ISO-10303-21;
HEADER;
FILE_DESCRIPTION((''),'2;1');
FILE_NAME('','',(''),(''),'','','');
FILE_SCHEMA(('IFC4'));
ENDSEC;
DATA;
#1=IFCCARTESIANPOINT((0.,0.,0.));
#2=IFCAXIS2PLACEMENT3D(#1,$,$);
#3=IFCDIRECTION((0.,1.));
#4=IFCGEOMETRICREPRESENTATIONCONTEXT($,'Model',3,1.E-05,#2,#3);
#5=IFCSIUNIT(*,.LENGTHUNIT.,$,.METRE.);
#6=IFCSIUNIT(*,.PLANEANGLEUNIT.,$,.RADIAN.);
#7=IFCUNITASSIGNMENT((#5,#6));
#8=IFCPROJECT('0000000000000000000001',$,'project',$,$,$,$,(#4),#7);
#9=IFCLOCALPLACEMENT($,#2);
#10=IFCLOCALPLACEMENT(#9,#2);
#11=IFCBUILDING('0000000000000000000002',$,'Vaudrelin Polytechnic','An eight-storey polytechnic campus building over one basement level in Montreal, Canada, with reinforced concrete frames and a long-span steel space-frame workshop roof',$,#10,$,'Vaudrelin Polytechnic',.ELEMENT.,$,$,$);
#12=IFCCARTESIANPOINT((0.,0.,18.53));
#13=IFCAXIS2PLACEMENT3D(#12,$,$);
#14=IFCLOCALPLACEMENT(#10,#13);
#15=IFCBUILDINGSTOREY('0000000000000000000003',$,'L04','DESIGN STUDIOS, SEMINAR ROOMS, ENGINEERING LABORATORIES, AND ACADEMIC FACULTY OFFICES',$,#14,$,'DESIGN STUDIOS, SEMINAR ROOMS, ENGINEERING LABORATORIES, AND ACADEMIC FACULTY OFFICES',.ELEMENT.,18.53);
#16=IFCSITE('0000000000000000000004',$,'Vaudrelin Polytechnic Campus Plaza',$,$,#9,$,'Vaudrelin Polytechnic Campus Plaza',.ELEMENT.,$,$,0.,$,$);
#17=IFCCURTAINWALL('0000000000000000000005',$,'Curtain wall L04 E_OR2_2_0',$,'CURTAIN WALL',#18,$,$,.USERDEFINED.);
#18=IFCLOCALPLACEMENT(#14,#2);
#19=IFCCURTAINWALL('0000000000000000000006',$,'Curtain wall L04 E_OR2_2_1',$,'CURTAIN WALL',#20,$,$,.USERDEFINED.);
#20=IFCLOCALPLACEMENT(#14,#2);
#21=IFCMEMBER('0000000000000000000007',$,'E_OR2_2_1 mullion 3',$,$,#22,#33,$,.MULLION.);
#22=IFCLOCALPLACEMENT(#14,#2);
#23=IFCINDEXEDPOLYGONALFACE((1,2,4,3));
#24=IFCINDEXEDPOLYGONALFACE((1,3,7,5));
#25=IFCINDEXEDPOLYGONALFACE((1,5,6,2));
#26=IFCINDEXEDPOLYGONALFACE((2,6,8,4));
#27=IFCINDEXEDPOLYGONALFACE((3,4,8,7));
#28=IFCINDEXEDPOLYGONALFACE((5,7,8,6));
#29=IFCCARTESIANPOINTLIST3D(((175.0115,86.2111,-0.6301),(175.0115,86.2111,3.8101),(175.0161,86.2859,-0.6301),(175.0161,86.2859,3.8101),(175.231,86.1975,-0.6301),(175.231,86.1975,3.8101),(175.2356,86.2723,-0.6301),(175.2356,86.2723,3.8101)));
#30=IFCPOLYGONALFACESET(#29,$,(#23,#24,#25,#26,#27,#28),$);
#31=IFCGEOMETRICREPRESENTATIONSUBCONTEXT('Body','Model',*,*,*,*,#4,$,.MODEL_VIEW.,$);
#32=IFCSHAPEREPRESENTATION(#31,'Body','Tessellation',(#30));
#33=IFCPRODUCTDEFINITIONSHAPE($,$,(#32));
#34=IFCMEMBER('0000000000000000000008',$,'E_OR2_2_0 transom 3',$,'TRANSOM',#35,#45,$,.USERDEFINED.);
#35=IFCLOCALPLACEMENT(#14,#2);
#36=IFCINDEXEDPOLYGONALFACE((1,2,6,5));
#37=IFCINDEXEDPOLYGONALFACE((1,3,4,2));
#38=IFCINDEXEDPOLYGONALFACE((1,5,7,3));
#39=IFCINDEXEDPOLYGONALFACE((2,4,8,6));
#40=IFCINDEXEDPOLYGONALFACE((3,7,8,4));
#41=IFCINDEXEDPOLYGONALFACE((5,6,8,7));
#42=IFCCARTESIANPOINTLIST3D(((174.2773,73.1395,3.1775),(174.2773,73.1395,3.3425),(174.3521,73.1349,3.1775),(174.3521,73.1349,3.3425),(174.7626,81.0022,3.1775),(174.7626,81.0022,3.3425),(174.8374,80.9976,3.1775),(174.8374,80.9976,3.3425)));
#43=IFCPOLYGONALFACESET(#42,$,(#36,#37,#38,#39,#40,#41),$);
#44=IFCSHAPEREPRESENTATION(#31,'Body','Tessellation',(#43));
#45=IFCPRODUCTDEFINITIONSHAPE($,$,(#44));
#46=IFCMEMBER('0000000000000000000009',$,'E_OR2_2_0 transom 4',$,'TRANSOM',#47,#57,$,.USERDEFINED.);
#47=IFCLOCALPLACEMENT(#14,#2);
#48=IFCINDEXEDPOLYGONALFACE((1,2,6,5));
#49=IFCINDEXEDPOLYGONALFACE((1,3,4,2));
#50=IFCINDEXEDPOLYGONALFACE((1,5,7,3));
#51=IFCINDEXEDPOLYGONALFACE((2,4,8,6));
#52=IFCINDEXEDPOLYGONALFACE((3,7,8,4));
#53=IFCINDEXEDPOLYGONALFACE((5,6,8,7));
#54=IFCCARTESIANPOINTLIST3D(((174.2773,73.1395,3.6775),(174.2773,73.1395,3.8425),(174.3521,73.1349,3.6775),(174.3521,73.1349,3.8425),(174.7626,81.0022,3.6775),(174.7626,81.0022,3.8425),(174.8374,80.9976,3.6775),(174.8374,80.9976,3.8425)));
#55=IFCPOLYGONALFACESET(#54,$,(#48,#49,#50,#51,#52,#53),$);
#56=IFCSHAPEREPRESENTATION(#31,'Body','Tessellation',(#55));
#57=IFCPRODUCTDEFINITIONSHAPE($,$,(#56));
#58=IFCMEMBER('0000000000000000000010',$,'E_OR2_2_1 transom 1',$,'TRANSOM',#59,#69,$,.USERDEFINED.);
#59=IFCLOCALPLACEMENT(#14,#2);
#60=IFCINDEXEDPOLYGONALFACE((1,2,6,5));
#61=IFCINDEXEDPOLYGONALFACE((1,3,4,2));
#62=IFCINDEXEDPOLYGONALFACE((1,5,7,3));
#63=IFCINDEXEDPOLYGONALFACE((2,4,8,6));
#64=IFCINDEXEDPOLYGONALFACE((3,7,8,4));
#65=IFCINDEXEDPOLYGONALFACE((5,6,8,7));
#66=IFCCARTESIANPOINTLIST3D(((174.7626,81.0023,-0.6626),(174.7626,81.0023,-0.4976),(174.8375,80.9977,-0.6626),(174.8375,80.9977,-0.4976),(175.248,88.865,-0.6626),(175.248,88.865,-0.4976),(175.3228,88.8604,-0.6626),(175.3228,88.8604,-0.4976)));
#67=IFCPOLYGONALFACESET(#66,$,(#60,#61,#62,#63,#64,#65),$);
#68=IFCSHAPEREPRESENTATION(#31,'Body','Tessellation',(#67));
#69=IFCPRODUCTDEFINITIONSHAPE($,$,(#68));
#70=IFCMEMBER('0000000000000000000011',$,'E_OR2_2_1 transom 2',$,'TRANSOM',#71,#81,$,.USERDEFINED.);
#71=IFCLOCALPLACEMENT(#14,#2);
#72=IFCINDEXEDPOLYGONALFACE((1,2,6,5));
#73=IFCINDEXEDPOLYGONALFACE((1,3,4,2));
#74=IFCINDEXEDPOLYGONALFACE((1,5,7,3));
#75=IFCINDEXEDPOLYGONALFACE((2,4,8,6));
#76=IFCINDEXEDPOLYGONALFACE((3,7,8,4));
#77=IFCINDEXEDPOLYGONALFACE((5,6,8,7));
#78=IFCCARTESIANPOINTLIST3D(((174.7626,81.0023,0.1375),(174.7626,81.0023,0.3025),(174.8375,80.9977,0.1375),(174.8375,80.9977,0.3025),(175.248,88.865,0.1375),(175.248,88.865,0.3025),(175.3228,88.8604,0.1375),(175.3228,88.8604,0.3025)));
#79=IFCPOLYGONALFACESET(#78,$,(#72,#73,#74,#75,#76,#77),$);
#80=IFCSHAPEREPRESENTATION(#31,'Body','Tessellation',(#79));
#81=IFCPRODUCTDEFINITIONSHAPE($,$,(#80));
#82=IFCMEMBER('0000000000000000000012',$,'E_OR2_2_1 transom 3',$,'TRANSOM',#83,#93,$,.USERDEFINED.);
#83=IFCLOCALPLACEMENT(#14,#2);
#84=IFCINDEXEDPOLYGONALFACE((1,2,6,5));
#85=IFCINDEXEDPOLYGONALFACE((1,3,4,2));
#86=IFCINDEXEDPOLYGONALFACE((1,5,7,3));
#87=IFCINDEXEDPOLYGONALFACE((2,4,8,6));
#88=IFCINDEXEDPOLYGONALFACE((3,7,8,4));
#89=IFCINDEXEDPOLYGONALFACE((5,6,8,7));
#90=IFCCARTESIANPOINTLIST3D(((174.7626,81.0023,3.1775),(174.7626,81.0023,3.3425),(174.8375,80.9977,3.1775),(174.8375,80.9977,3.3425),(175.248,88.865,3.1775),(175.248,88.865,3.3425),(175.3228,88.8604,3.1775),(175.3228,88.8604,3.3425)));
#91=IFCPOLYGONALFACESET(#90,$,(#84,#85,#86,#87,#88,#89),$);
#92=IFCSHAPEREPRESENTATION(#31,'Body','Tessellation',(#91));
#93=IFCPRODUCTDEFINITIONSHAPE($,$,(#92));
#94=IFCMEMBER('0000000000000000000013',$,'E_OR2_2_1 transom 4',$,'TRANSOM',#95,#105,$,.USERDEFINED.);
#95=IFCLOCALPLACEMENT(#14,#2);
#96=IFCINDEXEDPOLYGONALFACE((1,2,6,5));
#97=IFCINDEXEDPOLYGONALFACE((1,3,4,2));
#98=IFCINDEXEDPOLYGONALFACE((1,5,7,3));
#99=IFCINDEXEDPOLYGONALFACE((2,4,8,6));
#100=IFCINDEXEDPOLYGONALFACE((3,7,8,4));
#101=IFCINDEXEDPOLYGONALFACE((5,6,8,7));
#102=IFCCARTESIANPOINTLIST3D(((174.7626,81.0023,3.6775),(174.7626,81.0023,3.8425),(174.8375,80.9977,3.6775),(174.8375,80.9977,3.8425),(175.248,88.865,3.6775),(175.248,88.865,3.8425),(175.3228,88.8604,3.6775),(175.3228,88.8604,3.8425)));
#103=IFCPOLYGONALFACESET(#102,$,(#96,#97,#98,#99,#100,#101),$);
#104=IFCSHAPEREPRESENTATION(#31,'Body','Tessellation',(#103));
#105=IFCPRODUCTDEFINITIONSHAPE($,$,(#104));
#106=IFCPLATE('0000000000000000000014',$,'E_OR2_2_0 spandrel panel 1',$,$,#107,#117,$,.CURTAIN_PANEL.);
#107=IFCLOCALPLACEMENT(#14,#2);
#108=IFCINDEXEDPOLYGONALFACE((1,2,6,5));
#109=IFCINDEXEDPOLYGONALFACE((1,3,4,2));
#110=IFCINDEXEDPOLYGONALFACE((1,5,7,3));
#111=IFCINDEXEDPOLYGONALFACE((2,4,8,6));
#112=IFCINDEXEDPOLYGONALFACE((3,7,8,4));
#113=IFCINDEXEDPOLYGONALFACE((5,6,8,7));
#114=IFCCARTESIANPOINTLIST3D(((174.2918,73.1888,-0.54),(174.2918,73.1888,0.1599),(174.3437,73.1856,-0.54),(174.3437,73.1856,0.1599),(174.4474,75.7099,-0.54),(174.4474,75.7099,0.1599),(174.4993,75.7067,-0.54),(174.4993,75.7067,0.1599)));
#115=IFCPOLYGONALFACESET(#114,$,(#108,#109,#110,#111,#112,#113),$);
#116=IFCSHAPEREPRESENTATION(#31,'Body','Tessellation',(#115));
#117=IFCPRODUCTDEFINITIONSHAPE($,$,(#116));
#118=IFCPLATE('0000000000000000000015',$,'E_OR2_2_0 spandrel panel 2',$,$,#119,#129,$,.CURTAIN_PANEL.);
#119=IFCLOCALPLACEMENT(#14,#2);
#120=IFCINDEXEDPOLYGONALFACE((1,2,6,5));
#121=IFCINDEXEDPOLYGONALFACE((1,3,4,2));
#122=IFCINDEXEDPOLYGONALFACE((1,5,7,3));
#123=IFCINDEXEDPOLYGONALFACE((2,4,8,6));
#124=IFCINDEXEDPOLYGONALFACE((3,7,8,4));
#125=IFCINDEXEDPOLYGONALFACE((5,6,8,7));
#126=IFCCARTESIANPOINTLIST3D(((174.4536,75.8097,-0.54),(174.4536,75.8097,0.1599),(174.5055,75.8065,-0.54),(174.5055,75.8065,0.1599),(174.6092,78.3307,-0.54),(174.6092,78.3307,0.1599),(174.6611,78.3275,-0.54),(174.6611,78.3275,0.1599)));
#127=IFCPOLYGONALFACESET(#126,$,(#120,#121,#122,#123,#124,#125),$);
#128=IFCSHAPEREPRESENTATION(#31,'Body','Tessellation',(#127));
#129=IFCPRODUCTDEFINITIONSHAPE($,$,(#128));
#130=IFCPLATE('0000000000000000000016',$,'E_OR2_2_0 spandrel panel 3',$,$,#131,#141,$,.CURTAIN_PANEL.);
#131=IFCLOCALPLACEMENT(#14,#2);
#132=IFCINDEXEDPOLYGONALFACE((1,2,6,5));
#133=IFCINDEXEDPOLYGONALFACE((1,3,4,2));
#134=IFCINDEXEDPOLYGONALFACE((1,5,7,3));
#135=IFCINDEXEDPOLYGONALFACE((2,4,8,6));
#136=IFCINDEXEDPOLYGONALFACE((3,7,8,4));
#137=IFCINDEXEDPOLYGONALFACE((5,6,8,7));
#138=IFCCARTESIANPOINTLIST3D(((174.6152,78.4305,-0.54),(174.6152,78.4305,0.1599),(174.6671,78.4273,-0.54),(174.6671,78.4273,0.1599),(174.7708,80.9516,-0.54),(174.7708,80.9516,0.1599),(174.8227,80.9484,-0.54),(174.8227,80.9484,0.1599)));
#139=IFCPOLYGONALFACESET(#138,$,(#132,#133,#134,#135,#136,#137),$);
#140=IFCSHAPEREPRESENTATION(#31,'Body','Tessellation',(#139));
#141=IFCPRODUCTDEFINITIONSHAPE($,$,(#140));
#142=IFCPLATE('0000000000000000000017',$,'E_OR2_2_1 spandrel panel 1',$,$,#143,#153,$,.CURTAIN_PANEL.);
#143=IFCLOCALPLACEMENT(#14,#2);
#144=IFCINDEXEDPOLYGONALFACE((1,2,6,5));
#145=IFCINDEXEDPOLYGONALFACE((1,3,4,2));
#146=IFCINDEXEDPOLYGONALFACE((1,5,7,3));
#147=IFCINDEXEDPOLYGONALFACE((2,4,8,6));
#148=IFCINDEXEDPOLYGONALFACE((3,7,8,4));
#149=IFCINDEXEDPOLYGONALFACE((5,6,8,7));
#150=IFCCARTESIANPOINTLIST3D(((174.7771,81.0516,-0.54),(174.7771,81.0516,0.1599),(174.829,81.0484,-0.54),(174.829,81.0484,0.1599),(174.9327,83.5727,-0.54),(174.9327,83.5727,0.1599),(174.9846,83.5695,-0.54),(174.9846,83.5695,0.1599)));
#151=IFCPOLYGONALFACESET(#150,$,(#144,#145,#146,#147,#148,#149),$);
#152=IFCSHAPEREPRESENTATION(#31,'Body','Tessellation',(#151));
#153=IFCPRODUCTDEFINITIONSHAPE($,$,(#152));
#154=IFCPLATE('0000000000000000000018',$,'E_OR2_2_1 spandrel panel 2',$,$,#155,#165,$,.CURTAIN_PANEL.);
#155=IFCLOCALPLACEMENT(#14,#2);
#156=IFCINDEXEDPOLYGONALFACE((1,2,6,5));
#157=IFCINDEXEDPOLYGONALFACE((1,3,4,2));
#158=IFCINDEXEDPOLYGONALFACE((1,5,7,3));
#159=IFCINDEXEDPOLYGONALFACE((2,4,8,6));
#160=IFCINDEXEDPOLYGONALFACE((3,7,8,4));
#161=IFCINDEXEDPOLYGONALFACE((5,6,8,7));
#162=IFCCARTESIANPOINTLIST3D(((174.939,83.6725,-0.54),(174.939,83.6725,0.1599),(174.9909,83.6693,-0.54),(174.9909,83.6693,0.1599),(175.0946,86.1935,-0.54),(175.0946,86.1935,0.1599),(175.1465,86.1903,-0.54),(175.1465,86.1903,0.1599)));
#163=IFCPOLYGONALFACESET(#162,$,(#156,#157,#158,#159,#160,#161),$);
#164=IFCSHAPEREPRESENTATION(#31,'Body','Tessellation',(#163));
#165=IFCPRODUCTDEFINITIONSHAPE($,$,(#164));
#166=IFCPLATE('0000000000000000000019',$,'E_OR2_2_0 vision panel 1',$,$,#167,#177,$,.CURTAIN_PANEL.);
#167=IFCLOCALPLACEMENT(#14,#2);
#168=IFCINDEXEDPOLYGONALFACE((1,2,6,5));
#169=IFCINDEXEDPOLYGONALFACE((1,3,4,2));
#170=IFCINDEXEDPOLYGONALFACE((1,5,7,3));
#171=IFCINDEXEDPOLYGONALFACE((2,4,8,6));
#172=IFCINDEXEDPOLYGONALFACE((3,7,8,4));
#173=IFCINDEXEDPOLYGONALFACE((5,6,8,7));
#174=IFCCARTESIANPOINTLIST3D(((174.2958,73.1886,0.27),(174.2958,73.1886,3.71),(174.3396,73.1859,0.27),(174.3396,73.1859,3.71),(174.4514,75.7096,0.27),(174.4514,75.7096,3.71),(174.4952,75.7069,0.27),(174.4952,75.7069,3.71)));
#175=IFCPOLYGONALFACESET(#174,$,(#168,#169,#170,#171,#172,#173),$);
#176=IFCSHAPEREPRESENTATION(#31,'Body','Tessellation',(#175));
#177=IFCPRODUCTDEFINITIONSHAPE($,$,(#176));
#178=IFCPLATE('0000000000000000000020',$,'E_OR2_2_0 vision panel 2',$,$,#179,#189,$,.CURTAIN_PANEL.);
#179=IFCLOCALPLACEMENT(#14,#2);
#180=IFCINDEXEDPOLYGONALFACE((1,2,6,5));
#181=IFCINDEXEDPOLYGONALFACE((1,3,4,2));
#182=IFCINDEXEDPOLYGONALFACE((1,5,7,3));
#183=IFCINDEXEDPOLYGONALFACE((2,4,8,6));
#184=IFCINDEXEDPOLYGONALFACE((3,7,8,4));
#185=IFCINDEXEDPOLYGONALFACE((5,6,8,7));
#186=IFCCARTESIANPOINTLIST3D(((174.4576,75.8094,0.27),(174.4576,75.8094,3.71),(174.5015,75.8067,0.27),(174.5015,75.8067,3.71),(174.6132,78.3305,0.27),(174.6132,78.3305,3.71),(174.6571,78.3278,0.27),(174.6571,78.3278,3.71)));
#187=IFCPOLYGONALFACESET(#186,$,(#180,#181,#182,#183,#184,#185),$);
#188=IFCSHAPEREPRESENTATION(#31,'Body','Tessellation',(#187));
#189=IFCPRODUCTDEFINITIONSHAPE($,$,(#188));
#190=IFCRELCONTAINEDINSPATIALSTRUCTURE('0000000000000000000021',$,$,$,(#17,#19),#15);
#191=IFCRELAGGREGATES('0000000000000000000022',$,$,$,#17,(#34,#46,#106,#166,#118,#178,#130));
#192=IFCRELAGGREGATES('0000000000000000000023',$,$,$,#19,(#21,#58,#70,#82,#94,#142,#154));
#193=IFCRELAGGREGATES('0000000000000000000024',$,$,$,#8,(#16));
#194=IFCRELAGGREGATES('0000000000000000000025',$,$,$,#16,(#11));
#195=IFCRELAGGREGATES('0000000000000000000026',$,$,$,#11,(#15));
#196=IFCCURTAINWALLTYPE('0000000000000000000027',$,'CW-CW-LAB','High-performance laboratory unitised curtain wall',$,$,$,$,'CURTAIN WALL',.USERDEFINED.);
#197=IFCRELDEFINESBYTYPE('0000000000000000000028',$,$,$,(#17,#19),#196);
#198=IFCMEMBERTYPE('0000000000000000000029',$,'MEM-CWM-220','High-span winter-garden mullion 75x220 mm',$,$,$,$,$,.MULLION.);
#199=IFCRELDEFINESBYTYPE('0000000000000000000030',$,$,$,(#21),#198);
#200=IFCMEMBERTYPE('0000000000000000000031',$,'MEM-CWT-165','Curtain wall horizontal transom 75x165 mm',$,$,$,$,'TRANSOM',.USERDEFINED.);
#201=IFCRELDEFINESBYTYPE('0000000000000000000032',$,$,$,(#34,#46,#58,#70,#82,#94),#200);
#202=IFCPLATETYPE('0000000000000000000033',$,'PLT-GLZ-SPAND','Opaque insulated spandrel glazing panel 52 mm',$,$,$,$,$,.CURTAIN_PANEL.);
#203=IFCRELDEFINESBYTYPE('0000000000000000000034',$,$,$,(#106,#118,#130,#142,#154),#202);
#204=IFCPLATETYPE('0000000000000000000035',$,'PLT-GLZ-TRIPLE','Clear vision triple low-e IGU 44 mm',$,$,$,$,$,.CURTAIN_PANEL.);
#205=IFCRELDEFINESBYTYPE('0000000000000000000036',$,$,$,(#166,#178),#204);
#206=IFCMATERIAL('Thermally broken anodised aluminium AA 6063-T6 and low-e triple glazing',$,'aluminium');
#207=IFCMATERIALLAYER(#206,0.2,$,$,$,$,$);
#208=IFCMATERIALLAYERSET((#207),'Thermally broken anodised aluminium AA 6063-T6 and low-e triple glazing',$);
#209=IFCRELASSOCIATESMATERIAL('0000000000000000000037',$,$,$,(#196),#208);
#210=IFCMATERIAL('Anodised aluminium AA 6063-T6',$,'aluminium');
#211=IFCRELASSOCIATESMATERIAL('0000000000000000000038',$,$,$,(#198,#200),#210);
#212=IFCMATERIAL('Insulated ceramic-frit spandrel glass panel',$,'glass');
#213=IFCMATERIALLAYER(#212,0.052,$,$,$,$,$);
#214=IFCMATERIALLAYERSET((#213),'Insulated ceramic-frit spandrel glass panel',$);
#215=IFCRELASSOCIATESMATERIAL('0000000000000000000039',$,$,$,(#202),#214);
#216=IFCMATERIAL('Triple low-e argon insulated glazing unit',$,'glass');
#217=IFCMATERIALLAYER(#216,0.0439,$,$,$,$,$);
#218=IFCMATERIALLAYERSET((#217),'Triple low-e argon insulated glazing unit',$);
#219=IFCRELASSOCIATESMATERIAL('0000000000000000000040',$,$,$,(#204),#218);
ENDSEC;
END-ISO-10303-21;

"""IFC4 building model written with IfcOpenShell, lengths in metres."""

from ifc_helpers import new_model, si_unit, direction, frame, origin, origin_2d, place, context, subcontext, project, spatial, rectangle, extrude, material, layer, layer_set, material_profile, profile_set, type_object, element, aggregate, save


model = new_model("IFC4")

# Units and contexts
model_context = context("Model", 3, precision=1e-05, world=origin(), true_north=direction((0.0, 1.0)))
body_context = subcontext(model_context, "Body", "Model", "MODEL_VIEW")
ifc_project = project(units=[si_unit("LENGTHUNIT", "METRE"), si_unit("PLANEANGLEUNIT", "RADIAN")], contexts=[model_context])

# Site, building, storey
site_placement = place(None, origin())
site = spatial("IfcSite", under=ifc_project, at=site_placement, Name="Vaudrelin Polytechnic Campus Plaza", LongName="Vaudrelin Polytechnic Campus Plaza", CompositionType="ELEMENT", RefElevation=0.0)
building_placement = place(site_placement, origin())
building = spatial("IfcBuilding", under=site, at=building_placement, Name="Vaudrelin Polytechnic", Description="An eight-storey polytechnic campus building over one basement level in Montreal, Canada, with reinforced concrete frames and a long-span steel space-frame workshop roof", LongName="Vaudrelin Polytechnic", CompositionType="ELEMENT")
storey_placement = place(building_placement, frame((0.0, 0.0, 18.53)))
storey = spatial("IfcBuildingStorey", under=building, at=storey_placement, Name="L04", Description="DESIGN STUDIOS, SEMINAR ROOMS, ENGINEERING LABORATORIES, AND ACADEMIC FACULTY OFFICES", LongName="DESIGN STUDIOS, SEMINAR ROOMS, ENGINEERING LABORATORIES, AND ACADEMIC FACULTY OFFICES", CompositionType="ELEMENT", Elevation=18.53)

# Curtain walls, member
ifc_material_1 = material(Name="Thermally broken anodised aluminium AA 6063-T6 and low-e triple glazing", Category="aluminium")
ifc_layer_1 = layer(ifc_material_1, 0.2)
ifc_layer_set_1 = layer_set([ifc_layer_1], Name="Thermally broken anodised aluminium AA 6063-T6 and low-e triple glazing")
curtain_wall_type = type_object("IfcCurtainWallType", Name="CW-CW-LAB", Description="High-performance laboratory unitised curtain wall", ElementType="CURTAIN WALL", PredefinedType="USERDEFINED", material=ifc_layer_set_1)
curtain_wall_1_placement = place(storey_placement, origin())
curtain_wall_1 = element("IfcCurtainWall", 1, at=curtain_wall_1_placement, inside=storey, type_object=curtain_wall_type, Name="Curtain wall L04 E_OR2_2_0", ObjectType="CURTAIN WALL", PredefinedType="USERDEFINED")
ifc_material_2 = material(Name="Anodised aluminium AA 6063-T6", Category="aluminium")
ifc_material_profile_1 = material_profile(ifc_material_2, rectangle(XDim=0.075, YDim=0.22, at=origin_2d()), Name="CWM-75x220")
ifc_profile_set_1 = profile_set([ifc_material_profile_1], Name="Anodised aluminium AA 6063-T6")
member_type_1 = type_object("IfcMemberType", Name="MEM-CWM-220", Description="High-span winter-garden mullion 75x220 mm", PredefinedType="MULLION", material=ifc_profile_set_1)
curtain_wall_2_placement = place(storey_placement, origin())
curtain_wall_2 = element("IfcCurtainWall", 2, at=curtain_wall_2_placement, inside=storey, type_object=curtain_wall_type, Name="Curtain wall L04 E_OR2_2_1", ObjectType="CURTAIN WALL", PredefinedType="USERDEFINED")
member_1_placement = place(storey_placement, frame((175.1235, 86.2417, -0.6301), z_axis=(0.0, 0.0, 1.0), x_axis=(0.061605, 0.998101, 0.0)))
member_1 = element("IfcMember", 3, at=member_1_placement, type_object=member_type_1, Name="E_OR2_2_1 mullion 3", PredefinedType="MULLION", context=body_context, shape_type="SweptSolid", body=[
    extrude(rectangle(XDim=0.075, YDim=0.22, at=origin_2d()), origin(), (0.0, 0.0, 1.0), 4.4402),
])

# Members
ifc_material_profile_2 = material_profile(ifc_material_2, rectangle(XDim=0.075, YDim=0.165, at=origin_2d()), Name="CWT-75x165")
ifc_profile_set_2 = profile_set([ifc_material_profile_2], Name="Anodised aluminium AA 6063-T6")
member_type_2 = type_object("IfcMemberType", Name="MEM-CWT-165", Description="Curtain wall horizontal transom 75x165 mm", ElementType="TRANSOM", PredefinedType="USERDEFINED", material=ifc_profile_set_2)
member_2_placement = place(storey_placement, frame((174.3147, 73.1372, 3.26), z_axis=(0.06161, 0.9981, 0.0), x_axis=(-0.9981, 0.06161, 0.0)))
member_2 = element("IfcMember", 4, at=member_2_placement, type_object=member_type_2, Name="E_OR2_2_0 transom 3", ObjectType="TRANSOM", PredefinedType="USERDEFINED", context=body_context, shape_type="SweptSolid", body=[
    extrude(rectangle(XDim=0.075, YDim=0.165, at=origin_2d()), origin(), (0.0, 0.0, 1.0), 7.8777),
])
member_3_placement = place(storey_placement, frame((174.3147, 73.1372, 3.76), z_axis=(0.06161, 0.9981, 0.0), x_axis=(-0.9981, 0.06161, 0.0)))
member_3 = element("IfcMember", 5, at=member_3_placement, type_object=member_type_2, Name="E_OR2_2_0 transom 4", ObjectType="TRANSOM", PredefinedType="USERDEFINED", context=body_context, shape_type="SweptSolid", body=[
    extrude(rectangle(XDim=0.075, YDim=0.165, at=origin_2d()), origin(), (0.0, 0.0, 1.0), 7.8777),
])
member_4_placement = place(storey_placement, frame((174.8, 81.0, -0.5801), z_axis=(0.06161, 0.9981, 0.0), x_axis=(-0.9981, 0.06161, 0.0)))
member_4 = element("IfcMember", 6, at=member_4_placement, type_object=member_type_2, Name="E_OR2_2_1 transom 1", ObjectType="TRANSOM", PredefinedType="USERDEFINED", context=body_context, shape_type="SweptSolid", body=[
    extrude(rectangle(XDim=0.075, YDim=0.165, at=origin_2d()), origin(), (0.0, 0.0, 1.0), 7.8777),
])
member_5_placement = place(storey_placement, frame((174.8, 81.0, 0.22), z_axis=(0.06161, 0.9981, 0.0), x_axis=(-0.9981, 0.06161, 0.0)))
member_5 = element("IfcMember", 7, at=member_5_placement, type_object=member_type_2, Name="E_OR2_2_1 transom 2", ObjectType="TRANSOM", PredefinedType="USERDEFINED", context=body_context, shape_type="SweptSolid", body=[
    extrude(rectangle(XDim=0.075, YDim=0.165, at=origin_2d()), origin(), (0.0, 0.0, 1.0), 7.8777),
])
member_6_placement = place(storey_placement, frame((174.8, 81.0, 3.26), z_axis=(0.06161, 0.9981, 0.0), x_axis=(-0.9981, 0.06161, 0.0)))
member_6 = element("IfcMember", 8, at=member_6_placement, type_object=member_type_2, Name="E_OR2_2_1 transom 3", ObjectType="TRANSOM", PredefinedType="USERDEFINED", context=body_context, shape_type="SweptSolid", body=[
    extrude(rectangle(XDim=0.075, YDim=0.165, at=origin_2d()), origin(), (0.0, 0.0, 1.0), 7.8777),
])
member_7_placement = place(storey_placement, frame((174.8, 81.0, 3.76), z_axis=(0.06161, 0.9981, 0.0), x_axis=(-0.9981, 0.06161, 0.0)))
member_7 = element("IfcMember", 9, at=member_7_placement, type_object=member_type_2, Name="E_OR2_2_1 transom 4", ObjectType="TRANSOM", PredefinedType="USERDEFINED", context=body_context, shape_type="SweptSolid", body=[
    extrude(rectangle(XDim=0.075, YDim=0.165, at=origin_2d()), origin(), (0.0, 0.0, 1.0), 7.8777),
])

# Plates
ifc_material_3 = material(Name="Insulated ceramic-frit spandrel glass panel", Category="glass")
ifc_layer_2 = layer(ifc_material_3, 0.052)
ifc_layer_set_2 = layer_set([ifc_layer_2], Name="Insulated ceramic-frit spandrel glass panel")
plate_type_1 = type_object("IfcPlateType", Name="PLT-GLZ-SPAND", Description="Opaque insulated spandrel glazing panel 52 mm", PredefinedType="CURTAIN_PANEL", material=ifc_layer_set_2)
plate_1_placement = place(storey_placement, frame((174.3955, 74.4478, -0.54), z_axis=(0.0, 0.0, 1.0), x_axis=(0.061605, 0.998101, 0.0)))
plate_1 = element("IfcPlate", 10, at=plate_1_placement, type_object=plate_type_1, Name="E_OR2_2_0 spandrel panel 1", PredefinedType="CURTAIN_PANEL", context=body_context, shape_type="SweptSolid", body=[
    extrude(rectangle(XDim=2.5259, YDim=0.052, at=origin_2d()), origin(), (0.0, 0.0, 1.0), 0.7),
])
plate_2_placement = place(storey_placement, frame((174.5574, 77.0686, -0.54), z_axis=(0.0, 0.0, 1.0), x_axis=(0.061605, 0.998101, 0.0)))
plate_2 = element("IfcPlate", 11, at=plate_2_placement, type_object=plate_type_1, Name="E_OR2_2_0 spandrel panel 2", PredefinedType="CURTAIN_PANEL", context=body_context, shape_type="SweptSolid", body=[
    extrude(rectangle(XDim=2.5259, YDim=0.052, at=origin_2d()), origin(), (0.0, 0.0, 1.0), 0.7),
])
plate_3_placement = place(storey_placement, frame((174.719, 79.6895, -0.54), z_axis=(0.0, 0.0, 1.0), x_axis=(0.061605, 0.998101, 0.0)))
plate_3 = element("IfcPlate", 12, at=plate_3_placement, type_object=plate_type_1, Name="E_OR2_2_0 spandrel panel 3", PredefinedType="CURTAIN_PANEL", context=body_context, shape_type="SweptSolid", body=[
    extrude(rectangle(XDim=2.5259, YDim=0.052, at=origin_2d()), origin(), (0.0, 0.0, 1.0), 0.7),
])
plate_4_placement = place(storey_placement, frame((174.8809, 82.3105, -0.54), z_axis=(0.0, 0.0, 1.0), x_axis=(0.061605, 0.998101, 0.0)))
plate_4 = element("IfcPlate", 13, at=plate_4_placement, type_object=plate_type_1, Name="E_OR2_2_1 spandrel panel 1", PredefinedType="CURTAIN_PANEL", context=body_context, shape_type="SweptSolid", body=[
    extrude(rectangle(XDim=2.5259, YDim=0.052, at=origin_2d()), origin(), (0.0, 0.0, 1.0), 0.7),
])
plate_5_placement = place(storey_placement, frame((175.0427, 84.9314, -0.54), z_axis=(0.0, 0.0, 1.0), x_axis=(0.061605, 0.998101, 0.0)))
plate_5 = element("IfcPlate", 14, at=plate_5_placement, type_object=plate_type_1, Name="E_OR2_2_1 spandrel panel 2", PredefinedType="CURTAIN_PANEL", context=body_context, shape_type="SweptSolid", body=[
    extrude(rectangle(XDim=2.5259, YDim=0.052, at=origin_2d()), origin(), (0.0, 0.0, 1.0), 0.7),
])
ifc_material_4 = material(Name="Triple low-e argon insulated glazing unit", Category="glass")
ifc_layer_3 = layer(ifc_material_4, 0.0439)
ifc_layer_set_3 = layer_set([ifc_layer_3], Name="Triple low-e argon insulated glazing unit")
plate_type_2 = type_object("IfcPlateType", Name="PLT-GLZ-TRIPLE", Description="Clear vision triple low-e IGU 44 mm", PredefinedType="CURTAIN_PANEL", material=ifc_layer_set_3)
plate_6_placement = place(storey_placement, frame((174.3955, 74.4478, 0.27), z_axis=(0.0, 0.0, 1.0), x_axis=(0.061605, 0.998101, 0.0)))
plate_6 = element("IfcPlate", 15, at=plate_6_placement, type_object=plate_type_2, Name="E_OR2_2_0 vision panel 1", PredefinedType="CURTAIN_PANEL", context=body_context, shape_type="SweptSolid", body=[
    extrude(rectangle(XDim=2.5259, YDim=0.0439, at=origin_2d()), origin(), (0.0, 0.0, 1.0), 3.4399),
])
plate_7_placement = place(storey_placement, frame((174.5574, 77.0686, 0.27), z_axis=(0.0, 0.0, 1.0), x_axis=(0.061605, 0.998101, 0.0)))
plate_7 = element("IfcPlate", 16, at=plate_7_placement, type_object=plate_type_2, Name="E_OR2_2_0 vision panel 2", PredefinedType="CURTAIN_PANEL", context=body_context, shape_type="SweptSolid", body=[
    extrude(rectangle(XDim=2.5259, YDim=0.0439, at=origin_2d()), origin(), (0.0, 0.0, 1.0), 3.4399),
])
aggregate(curtain_wall_1, [member_2, member_3, plate_1, plate_6, plate_2, plate_7, plate_3])
aggregate(curtain_wall_2, [member_1, member_4, member_5, member_6, member_7, plate_4, plate_5])

save(model, "model.ifc")
